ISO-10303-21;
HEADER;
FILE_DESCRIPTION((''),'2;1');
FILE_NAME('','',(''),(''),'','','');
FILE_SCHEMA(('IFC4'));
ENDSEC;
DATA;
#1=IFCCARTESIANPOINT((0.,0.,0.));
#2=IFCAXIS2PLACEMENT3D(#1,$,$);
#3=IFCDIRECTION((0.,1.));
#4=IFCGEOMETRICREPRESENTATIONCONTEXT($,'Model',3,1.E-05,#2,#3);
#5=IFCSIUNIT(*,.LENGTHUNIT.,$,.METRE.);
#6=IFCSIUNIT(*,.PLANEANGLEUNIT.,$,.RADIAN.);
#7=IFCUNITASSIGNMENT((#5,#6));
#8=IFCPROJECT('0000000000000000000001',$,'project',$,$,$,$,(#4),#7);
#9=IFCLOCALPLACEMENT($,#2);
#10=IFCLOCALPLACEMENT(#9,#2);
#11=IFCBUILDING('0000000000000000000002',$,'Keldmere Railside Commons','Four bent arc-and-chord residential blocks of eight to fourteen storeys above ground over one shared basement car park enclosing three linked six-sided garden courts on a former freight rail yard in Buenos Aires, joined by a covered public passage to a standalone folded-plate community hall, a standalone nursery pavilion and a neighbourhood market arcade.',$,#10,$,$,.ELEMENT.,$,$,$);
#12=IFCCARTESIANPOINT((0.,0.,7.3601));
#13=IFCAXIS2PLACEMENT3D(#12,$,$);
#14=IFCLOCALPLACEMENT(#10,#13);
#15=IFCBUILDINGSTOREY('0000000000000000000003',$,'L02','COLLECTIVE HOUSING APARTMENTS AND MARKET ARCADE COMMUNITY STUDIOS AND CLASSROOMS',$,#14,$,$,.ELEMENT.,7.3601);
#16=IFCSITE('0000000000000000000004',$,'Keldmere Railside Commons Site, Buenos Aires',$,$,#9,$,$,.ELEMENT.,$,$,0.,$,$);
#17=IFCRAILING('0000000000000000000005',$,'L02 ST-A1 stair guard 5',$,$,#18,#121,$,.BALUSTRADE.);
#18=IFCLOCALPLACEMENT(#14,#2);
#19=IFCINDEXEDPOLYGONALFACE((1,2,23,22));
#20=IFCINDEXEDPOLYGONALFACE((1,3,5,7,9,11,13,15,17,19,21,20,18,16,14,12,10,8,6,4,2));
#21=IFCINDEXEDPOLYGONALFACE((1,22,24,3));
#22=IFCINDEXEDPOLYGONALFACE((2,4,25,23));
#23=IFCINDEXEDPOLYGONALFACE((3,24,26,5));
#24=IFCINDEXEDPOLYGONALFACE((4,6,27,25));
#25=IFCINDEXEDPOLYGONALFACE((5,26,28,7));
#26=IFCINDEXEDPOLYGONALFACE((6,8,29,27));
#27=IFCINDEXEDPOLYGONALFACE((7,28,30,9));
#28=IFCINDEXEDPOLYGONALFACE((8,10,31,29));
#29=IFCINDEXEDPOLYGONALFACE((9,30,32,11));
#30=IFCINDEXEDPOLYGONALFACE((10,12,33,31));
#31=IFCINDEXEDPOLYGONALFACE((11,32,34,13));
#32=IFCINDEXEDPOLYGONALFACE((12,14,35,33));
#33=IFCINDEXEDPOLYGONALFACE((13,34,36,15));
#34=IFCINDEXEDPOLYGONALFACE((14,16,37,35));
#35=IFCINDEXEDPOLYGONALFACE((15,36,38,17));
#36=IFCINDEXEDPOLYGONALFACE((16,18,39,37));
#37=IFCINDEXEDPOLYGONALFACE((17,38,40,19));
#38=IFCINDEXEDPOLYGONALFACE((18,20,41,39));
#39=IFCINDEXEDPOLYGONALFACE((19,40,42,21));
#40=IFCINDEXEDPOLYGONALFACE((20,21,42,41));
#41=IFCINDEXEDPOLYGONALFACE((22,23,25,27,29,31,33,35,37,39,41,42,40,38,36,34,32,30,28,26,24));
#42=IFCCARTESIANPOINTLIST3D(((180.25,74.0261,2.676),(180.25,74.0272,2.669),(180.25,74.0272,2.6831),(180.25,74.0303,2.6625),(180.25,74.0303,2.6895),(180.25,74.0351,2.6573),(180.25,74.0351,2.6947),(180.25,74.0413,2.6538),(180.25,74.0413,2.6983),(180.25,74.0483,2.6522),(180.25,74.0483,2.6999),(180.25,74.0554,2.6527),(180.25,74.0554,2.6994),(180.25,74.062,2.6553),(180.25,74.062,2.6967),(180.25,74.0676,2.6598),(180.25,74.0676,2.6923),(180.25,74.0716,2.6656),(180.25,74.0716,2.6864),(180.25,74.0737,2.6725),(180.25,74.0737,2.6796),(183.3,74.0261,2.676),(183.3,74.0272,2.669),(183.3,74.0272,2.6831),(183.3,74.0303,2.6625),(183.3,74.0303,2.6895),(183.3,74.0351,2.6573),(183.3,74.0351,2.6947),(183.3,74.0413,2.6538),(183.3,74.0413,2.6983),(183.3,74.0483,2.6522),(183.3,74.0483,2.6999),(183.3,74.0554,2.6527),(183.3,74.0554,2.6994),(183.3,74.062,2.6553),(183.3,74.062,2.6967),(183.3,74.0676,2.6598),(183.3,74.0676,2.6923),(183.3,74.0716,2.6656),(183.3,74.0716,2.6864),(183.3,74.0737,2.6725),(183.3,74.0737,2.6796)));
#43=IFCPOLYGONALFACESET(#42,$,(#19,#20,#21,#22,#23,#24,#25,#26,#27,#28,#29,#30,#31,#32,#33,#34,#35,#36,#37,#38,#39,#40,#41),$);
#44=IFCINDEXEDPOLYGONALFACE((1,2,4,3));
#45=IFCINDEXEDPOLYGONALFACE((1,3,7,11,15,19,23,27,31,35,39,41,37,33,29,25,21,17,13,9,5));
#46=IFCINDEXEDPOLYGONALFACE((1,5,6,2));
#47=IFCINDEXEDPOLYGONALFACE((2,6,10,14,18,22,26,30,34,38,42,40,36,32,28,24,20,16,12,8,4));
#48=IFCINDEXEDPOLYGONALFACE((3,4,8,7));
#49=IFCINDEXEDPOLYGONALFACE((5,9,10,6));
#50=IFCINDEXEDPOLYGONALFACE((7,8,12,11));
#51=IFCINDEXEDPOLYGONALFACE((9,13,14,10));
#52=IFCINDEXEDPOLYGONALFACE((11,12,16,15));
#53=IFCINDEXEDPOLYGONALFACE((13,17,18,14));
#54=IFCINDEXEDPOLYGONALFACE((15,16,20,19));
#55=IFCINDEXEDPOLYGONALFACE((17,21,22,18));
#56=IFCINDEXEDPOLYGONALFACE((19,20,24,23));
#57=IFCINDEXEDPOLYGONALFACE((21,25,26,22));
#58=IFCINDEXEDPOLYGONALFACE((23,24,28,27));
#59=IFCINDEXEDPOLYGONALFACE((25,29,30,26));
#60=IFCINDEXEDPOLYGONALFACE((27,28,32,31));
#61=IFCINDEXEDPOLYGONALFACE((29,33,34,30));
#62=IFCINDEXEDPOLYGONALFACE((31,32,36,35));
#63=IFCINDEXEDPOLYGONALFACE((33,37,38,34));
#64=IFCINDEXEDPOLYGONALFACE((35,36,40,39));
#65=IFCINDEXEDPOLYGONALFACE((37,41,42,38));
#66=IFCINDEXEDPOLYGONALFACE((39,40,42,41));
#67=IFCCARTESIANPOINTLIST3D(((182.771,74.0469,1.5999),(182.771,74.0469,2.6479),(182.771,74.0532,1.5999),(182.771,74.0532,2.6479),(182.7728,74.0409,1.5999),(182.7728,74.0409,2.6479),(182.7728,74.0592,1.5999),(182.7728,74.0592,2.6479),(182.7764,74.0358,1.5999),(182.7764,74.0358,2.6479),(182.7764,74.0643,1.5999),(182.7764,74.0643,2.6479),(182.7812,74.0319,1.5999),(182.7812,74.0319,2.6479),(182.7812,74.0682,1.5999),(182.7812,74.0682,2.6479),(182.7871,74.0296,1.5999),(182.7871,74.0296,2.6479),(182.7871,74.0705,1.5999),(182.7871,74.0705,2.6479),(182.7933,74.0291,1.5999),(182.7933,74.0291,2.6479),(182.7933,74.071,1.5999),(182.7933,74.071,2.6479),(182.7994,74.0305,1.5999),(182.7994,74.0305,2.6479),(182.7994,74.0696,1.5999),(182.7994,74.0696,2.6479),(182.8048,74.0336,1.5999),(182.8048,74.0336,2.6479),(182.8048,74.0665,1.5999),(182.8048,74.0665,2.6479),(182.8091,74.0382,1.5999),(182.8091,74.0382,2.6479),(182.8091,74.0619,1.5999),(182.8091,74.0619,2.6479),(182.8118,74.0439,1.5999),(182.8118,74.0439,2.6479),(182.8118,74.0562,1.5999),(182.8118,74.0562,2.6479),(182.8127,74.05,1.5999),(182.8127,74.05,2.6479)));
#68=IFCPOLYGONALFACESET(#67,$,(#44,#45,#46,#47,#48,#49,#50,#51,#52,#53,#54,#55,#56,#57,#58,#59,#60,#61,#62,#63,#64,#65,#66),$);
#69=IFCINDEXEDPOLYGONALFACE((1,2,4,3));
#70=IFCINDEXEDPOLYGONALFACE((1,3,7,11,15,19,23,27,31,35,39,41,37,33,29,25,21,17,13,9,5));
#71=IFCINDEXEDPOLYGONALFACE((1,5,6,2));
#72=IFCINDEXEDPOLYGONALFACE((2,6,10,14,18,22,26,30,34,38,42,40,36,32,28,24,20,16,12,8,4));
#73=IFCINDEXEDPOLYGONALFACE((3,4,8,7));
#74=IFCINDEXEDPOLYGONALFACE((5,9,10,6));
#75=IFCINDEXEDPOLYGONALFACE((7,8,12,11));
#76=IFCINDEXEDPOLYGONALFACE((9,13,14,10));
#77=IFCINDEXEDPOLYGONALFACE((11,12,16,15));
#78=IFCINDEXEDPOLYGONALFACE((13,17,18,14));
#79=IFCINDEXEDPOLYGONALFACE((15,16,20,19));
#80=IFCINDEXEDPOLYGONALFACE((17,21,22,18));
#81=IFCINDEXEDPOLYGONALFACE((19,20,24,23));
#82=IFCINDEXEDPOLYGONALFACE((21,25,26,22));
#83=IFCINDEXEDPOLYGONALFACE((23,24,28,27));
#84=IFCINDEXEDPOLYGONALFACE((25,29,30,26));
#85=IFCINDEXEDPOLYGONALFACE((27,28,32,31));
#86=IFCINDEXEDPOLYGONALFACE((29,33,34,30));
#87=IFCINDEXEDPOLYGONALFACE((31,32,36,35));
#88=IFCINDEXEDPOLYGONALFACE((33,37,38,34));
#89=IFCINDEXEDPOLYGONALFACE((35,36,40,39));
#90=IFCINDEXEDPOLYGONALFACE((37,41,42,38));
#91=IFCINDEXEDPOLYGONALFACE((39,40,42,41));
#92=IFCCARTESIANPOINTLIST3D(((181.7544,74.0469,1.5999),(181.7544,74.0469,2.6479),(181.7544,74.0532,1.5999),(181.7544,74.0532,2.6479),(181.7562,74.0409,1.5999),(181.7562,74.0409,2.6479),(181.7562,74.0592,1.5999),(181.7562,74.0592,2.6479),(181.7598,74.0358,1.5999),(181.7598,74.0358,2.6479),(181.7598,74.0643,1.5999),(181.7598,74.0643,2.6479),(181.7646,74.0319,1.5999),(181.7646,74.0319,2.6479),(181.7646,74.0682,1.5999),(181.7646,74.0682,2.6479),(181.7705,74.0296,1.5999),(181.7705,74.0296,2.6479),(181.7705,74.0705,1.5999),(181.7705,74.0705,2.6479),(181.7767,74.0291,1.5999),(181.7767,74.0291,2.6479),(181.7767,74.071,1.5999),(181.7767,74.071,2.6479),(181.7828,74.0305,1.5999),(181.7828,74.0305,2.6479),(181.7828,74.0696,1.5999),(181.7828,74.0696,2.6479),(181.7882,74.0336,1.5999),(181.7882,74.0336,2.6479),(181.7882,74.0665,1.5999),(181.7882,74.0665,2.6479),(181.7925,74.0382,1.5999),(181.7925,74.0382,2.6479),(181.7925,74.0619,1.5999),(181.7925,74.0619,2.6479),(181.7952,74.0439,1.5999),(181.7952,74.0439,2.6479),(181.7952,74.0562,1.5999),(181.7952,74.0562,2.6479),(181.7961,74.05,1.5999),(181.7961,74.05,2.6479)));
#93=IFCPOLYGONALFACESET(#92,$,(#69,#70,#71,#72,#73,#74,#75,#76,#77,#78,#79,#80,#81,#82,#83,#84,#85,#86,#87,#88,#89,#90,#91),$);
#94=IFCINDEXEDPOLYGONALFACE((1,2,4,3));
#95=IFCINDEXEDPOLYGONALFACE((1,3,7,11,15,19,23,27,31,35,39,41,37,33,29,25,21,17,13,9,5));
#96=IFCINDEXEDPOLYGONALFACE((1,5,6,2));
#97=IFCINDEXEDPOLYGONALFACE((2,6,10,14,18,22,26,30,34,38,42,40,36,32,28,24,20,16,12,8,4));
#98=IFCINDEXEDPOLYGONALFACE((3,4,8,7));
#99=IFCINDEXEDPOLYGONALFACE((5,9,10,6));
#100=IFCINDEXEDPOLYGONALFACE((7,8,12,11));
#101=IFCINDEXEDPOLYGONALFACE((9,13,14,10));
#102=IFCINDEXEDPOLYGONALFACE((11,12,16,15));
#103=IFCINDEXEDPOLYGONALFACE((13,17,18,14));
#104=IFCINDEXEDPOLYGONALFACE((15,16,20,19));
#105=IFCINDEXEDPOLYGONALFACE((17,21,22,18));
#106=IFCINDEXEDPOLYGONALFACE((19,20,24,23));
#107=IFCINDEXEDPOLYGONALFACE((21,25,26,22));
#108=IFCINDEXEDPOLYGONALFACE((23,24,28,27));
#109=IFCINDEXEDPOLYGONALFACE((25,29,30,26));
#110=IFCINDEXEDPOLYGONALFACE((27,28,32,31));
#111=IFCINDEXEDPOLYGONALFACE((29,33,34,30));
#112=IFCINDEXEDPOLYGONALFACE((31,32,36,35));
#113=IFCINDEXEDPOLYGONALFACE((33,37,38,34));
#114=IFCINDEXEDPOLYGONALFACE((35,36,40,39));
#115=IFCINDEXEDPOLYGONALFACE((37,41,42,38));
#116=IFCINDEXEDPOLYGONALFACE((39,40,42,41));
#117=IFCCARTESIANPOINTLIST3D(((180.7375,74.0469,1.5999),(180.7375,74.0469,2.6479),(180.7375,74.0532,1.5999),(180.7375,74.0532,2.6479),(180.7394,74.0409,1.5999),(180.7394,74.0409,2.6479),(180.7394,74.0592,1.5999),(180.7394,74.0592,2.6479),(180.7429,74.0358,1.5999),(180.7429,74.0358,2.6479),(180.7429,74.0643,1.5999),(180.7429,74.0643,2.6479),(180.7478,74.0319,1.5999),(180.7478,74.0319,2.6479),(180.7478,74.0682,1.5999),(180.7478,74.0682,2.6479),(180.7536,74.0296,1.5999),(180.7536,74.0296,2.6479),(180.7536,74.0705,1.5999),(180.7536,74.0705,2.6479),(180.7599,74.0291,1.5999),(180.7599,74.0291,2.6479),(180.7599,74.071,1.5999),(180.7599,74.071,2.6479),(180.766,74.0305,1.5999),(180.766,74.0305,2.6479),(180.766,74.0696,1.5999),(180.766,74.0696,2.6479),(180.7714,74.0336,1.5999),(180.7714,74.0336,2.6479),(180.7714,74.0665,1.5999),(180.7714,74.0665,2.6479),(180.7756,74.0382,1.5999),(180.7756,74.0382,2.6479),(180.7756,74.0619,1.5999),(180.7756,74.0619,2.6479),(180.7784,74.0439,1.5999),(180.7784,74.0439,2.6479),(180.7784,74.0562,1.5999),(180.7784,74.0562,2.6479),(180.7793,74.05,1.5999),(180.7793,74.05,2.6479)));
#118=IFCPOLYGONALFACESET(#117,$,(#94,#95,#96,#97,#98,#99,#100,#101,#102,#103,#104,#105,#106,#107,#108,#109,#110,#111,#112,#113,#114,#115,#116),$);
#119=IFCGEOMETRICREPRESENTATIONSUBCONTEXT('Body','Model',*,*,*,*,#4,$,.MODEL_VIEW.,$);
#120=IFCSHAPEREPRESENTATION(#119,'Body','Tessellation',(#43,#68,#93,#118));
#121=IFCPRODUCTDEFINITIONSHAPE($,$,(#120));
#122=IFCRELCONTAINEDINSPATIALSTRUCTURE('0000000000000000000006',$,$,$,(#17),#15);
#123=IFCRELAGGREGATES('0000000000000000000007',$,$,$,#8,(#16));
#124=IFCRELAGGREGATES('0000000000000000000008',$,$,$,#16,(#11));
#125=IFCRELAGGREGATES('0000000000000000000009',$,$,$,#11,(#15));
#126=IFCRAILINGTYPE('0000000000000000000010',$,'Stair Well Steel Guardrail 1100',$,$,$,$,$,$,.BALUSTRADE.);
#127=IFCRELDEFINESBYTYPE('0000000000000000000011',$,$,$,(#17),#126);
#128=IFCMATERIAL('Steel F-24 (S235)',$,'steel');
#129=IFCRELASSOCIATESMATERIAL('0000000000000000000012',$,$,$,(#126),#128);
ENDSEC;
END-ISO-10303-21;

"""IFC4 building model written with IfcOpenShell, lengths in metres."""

from ifc_helpers import new_model, si_unit, direction, frame, origin, origin_2d, place, context, subcontext, project, spatial, circle, extrude, material, type_object, element, save


model = new_model("IFC4")

# Units and contexts
model_context = context("Model", 3, precision=1e-05, world=origin(), true_north=direction((0.0, 1.0)))
body_context = subcontext(model_context, "Body", "Model", "MODEL_VIEW")
ifc_project = project(units=[si_unit("LENGTHUNIT", "METRE"), si_unit("PLANEANGLEUNIT", "RADIAN")], contexts=[model_context])

# Site, building, storey
site_placement = place(None, origin())
site = spatial("IfcSite", under=ifc_project, at=site_placement, Name="Keldmere Railside Commons Site, Buenos Aires", CompositionType="ELEMENT", RefElevation=0.0)
building_placement = place(site_placement, origin())
building = spatial("IfcBuilding", under=site, at=building_placement, Name="Keldmere Railside Commons", Description="Four bent arc-and-chord residential blocks of eight to fourteen storeys above ground over one shared basement car park enclosing three linked six-sided garden courts on a former freight rail yard in Buenos Aires, joined by a covered public passage to a standalone folded-plate community hall, a standalone nursery pavilion and a neighbourhood market arcade.", CompositionType="ELEMENT")
storey_placement = place(building_placement, frame((0.0, 0.0, 7.3601)))
storey = spatial("IfcBuildingStorey", under=building, at=storey_placement, Name="L02", Description="COLLECTIVE HOUSING APARTMENTS AND MARKET ARCADE COMMUNITY STUDIOS AND CLASSROOMS", CompositionType="ELEMENT", Elevation=7.3601)

# Shared definitions
ifc_material_1 = material(Name="Steel F-24 (S235)", Category="steel")

# Railing
railing_type_1 = type_object("IfcRailingType", Name="Stair Well Steel Guardrail 1100", PredefinedType="BALUSTRADE", material=ifc_material_1)
railing_1_placement = place(storey_placement, frame((183.3, 74.05, 1.5999)))
element("IfcRailing", 1, at=railing_1_placement, inside=storey, type_object=railing_type_1, Name="L02 ST-A1 stair guard 5", PredefinedType="BALUSTRADE", context=body_context, shape_type="SweptSolid", body=[
    extrude(circle(Radius=0.0239, at=origin_2d()), frame((0.0, 0.0, 1.0762), z_axis=(-1.0, 0.0, 0.0), x_axis=(0.0, -1.0, 0.0)), (0.0, 0.0, 1.0), 3.05),
    extrude(circle(Radius=0.021, at=origin_2d()), frame((-0.5083, 0.0, 0.0)), (0.0, 0.0, 1.0), 1.0481),
    extrude(circle(Radius=0.021, at=origin_2d()), frame((-1.5249, 0.0, 0.0)), (0.0, 0.0, 1.0), 1.0481),
    extrude(circle(Radius=0.021, at=origin_2d()), frame((-2.5417, 0.0, 0.0)), (0.0, 0.0, 1.0), 1.0481),
])

save(model, "model.ifc")
